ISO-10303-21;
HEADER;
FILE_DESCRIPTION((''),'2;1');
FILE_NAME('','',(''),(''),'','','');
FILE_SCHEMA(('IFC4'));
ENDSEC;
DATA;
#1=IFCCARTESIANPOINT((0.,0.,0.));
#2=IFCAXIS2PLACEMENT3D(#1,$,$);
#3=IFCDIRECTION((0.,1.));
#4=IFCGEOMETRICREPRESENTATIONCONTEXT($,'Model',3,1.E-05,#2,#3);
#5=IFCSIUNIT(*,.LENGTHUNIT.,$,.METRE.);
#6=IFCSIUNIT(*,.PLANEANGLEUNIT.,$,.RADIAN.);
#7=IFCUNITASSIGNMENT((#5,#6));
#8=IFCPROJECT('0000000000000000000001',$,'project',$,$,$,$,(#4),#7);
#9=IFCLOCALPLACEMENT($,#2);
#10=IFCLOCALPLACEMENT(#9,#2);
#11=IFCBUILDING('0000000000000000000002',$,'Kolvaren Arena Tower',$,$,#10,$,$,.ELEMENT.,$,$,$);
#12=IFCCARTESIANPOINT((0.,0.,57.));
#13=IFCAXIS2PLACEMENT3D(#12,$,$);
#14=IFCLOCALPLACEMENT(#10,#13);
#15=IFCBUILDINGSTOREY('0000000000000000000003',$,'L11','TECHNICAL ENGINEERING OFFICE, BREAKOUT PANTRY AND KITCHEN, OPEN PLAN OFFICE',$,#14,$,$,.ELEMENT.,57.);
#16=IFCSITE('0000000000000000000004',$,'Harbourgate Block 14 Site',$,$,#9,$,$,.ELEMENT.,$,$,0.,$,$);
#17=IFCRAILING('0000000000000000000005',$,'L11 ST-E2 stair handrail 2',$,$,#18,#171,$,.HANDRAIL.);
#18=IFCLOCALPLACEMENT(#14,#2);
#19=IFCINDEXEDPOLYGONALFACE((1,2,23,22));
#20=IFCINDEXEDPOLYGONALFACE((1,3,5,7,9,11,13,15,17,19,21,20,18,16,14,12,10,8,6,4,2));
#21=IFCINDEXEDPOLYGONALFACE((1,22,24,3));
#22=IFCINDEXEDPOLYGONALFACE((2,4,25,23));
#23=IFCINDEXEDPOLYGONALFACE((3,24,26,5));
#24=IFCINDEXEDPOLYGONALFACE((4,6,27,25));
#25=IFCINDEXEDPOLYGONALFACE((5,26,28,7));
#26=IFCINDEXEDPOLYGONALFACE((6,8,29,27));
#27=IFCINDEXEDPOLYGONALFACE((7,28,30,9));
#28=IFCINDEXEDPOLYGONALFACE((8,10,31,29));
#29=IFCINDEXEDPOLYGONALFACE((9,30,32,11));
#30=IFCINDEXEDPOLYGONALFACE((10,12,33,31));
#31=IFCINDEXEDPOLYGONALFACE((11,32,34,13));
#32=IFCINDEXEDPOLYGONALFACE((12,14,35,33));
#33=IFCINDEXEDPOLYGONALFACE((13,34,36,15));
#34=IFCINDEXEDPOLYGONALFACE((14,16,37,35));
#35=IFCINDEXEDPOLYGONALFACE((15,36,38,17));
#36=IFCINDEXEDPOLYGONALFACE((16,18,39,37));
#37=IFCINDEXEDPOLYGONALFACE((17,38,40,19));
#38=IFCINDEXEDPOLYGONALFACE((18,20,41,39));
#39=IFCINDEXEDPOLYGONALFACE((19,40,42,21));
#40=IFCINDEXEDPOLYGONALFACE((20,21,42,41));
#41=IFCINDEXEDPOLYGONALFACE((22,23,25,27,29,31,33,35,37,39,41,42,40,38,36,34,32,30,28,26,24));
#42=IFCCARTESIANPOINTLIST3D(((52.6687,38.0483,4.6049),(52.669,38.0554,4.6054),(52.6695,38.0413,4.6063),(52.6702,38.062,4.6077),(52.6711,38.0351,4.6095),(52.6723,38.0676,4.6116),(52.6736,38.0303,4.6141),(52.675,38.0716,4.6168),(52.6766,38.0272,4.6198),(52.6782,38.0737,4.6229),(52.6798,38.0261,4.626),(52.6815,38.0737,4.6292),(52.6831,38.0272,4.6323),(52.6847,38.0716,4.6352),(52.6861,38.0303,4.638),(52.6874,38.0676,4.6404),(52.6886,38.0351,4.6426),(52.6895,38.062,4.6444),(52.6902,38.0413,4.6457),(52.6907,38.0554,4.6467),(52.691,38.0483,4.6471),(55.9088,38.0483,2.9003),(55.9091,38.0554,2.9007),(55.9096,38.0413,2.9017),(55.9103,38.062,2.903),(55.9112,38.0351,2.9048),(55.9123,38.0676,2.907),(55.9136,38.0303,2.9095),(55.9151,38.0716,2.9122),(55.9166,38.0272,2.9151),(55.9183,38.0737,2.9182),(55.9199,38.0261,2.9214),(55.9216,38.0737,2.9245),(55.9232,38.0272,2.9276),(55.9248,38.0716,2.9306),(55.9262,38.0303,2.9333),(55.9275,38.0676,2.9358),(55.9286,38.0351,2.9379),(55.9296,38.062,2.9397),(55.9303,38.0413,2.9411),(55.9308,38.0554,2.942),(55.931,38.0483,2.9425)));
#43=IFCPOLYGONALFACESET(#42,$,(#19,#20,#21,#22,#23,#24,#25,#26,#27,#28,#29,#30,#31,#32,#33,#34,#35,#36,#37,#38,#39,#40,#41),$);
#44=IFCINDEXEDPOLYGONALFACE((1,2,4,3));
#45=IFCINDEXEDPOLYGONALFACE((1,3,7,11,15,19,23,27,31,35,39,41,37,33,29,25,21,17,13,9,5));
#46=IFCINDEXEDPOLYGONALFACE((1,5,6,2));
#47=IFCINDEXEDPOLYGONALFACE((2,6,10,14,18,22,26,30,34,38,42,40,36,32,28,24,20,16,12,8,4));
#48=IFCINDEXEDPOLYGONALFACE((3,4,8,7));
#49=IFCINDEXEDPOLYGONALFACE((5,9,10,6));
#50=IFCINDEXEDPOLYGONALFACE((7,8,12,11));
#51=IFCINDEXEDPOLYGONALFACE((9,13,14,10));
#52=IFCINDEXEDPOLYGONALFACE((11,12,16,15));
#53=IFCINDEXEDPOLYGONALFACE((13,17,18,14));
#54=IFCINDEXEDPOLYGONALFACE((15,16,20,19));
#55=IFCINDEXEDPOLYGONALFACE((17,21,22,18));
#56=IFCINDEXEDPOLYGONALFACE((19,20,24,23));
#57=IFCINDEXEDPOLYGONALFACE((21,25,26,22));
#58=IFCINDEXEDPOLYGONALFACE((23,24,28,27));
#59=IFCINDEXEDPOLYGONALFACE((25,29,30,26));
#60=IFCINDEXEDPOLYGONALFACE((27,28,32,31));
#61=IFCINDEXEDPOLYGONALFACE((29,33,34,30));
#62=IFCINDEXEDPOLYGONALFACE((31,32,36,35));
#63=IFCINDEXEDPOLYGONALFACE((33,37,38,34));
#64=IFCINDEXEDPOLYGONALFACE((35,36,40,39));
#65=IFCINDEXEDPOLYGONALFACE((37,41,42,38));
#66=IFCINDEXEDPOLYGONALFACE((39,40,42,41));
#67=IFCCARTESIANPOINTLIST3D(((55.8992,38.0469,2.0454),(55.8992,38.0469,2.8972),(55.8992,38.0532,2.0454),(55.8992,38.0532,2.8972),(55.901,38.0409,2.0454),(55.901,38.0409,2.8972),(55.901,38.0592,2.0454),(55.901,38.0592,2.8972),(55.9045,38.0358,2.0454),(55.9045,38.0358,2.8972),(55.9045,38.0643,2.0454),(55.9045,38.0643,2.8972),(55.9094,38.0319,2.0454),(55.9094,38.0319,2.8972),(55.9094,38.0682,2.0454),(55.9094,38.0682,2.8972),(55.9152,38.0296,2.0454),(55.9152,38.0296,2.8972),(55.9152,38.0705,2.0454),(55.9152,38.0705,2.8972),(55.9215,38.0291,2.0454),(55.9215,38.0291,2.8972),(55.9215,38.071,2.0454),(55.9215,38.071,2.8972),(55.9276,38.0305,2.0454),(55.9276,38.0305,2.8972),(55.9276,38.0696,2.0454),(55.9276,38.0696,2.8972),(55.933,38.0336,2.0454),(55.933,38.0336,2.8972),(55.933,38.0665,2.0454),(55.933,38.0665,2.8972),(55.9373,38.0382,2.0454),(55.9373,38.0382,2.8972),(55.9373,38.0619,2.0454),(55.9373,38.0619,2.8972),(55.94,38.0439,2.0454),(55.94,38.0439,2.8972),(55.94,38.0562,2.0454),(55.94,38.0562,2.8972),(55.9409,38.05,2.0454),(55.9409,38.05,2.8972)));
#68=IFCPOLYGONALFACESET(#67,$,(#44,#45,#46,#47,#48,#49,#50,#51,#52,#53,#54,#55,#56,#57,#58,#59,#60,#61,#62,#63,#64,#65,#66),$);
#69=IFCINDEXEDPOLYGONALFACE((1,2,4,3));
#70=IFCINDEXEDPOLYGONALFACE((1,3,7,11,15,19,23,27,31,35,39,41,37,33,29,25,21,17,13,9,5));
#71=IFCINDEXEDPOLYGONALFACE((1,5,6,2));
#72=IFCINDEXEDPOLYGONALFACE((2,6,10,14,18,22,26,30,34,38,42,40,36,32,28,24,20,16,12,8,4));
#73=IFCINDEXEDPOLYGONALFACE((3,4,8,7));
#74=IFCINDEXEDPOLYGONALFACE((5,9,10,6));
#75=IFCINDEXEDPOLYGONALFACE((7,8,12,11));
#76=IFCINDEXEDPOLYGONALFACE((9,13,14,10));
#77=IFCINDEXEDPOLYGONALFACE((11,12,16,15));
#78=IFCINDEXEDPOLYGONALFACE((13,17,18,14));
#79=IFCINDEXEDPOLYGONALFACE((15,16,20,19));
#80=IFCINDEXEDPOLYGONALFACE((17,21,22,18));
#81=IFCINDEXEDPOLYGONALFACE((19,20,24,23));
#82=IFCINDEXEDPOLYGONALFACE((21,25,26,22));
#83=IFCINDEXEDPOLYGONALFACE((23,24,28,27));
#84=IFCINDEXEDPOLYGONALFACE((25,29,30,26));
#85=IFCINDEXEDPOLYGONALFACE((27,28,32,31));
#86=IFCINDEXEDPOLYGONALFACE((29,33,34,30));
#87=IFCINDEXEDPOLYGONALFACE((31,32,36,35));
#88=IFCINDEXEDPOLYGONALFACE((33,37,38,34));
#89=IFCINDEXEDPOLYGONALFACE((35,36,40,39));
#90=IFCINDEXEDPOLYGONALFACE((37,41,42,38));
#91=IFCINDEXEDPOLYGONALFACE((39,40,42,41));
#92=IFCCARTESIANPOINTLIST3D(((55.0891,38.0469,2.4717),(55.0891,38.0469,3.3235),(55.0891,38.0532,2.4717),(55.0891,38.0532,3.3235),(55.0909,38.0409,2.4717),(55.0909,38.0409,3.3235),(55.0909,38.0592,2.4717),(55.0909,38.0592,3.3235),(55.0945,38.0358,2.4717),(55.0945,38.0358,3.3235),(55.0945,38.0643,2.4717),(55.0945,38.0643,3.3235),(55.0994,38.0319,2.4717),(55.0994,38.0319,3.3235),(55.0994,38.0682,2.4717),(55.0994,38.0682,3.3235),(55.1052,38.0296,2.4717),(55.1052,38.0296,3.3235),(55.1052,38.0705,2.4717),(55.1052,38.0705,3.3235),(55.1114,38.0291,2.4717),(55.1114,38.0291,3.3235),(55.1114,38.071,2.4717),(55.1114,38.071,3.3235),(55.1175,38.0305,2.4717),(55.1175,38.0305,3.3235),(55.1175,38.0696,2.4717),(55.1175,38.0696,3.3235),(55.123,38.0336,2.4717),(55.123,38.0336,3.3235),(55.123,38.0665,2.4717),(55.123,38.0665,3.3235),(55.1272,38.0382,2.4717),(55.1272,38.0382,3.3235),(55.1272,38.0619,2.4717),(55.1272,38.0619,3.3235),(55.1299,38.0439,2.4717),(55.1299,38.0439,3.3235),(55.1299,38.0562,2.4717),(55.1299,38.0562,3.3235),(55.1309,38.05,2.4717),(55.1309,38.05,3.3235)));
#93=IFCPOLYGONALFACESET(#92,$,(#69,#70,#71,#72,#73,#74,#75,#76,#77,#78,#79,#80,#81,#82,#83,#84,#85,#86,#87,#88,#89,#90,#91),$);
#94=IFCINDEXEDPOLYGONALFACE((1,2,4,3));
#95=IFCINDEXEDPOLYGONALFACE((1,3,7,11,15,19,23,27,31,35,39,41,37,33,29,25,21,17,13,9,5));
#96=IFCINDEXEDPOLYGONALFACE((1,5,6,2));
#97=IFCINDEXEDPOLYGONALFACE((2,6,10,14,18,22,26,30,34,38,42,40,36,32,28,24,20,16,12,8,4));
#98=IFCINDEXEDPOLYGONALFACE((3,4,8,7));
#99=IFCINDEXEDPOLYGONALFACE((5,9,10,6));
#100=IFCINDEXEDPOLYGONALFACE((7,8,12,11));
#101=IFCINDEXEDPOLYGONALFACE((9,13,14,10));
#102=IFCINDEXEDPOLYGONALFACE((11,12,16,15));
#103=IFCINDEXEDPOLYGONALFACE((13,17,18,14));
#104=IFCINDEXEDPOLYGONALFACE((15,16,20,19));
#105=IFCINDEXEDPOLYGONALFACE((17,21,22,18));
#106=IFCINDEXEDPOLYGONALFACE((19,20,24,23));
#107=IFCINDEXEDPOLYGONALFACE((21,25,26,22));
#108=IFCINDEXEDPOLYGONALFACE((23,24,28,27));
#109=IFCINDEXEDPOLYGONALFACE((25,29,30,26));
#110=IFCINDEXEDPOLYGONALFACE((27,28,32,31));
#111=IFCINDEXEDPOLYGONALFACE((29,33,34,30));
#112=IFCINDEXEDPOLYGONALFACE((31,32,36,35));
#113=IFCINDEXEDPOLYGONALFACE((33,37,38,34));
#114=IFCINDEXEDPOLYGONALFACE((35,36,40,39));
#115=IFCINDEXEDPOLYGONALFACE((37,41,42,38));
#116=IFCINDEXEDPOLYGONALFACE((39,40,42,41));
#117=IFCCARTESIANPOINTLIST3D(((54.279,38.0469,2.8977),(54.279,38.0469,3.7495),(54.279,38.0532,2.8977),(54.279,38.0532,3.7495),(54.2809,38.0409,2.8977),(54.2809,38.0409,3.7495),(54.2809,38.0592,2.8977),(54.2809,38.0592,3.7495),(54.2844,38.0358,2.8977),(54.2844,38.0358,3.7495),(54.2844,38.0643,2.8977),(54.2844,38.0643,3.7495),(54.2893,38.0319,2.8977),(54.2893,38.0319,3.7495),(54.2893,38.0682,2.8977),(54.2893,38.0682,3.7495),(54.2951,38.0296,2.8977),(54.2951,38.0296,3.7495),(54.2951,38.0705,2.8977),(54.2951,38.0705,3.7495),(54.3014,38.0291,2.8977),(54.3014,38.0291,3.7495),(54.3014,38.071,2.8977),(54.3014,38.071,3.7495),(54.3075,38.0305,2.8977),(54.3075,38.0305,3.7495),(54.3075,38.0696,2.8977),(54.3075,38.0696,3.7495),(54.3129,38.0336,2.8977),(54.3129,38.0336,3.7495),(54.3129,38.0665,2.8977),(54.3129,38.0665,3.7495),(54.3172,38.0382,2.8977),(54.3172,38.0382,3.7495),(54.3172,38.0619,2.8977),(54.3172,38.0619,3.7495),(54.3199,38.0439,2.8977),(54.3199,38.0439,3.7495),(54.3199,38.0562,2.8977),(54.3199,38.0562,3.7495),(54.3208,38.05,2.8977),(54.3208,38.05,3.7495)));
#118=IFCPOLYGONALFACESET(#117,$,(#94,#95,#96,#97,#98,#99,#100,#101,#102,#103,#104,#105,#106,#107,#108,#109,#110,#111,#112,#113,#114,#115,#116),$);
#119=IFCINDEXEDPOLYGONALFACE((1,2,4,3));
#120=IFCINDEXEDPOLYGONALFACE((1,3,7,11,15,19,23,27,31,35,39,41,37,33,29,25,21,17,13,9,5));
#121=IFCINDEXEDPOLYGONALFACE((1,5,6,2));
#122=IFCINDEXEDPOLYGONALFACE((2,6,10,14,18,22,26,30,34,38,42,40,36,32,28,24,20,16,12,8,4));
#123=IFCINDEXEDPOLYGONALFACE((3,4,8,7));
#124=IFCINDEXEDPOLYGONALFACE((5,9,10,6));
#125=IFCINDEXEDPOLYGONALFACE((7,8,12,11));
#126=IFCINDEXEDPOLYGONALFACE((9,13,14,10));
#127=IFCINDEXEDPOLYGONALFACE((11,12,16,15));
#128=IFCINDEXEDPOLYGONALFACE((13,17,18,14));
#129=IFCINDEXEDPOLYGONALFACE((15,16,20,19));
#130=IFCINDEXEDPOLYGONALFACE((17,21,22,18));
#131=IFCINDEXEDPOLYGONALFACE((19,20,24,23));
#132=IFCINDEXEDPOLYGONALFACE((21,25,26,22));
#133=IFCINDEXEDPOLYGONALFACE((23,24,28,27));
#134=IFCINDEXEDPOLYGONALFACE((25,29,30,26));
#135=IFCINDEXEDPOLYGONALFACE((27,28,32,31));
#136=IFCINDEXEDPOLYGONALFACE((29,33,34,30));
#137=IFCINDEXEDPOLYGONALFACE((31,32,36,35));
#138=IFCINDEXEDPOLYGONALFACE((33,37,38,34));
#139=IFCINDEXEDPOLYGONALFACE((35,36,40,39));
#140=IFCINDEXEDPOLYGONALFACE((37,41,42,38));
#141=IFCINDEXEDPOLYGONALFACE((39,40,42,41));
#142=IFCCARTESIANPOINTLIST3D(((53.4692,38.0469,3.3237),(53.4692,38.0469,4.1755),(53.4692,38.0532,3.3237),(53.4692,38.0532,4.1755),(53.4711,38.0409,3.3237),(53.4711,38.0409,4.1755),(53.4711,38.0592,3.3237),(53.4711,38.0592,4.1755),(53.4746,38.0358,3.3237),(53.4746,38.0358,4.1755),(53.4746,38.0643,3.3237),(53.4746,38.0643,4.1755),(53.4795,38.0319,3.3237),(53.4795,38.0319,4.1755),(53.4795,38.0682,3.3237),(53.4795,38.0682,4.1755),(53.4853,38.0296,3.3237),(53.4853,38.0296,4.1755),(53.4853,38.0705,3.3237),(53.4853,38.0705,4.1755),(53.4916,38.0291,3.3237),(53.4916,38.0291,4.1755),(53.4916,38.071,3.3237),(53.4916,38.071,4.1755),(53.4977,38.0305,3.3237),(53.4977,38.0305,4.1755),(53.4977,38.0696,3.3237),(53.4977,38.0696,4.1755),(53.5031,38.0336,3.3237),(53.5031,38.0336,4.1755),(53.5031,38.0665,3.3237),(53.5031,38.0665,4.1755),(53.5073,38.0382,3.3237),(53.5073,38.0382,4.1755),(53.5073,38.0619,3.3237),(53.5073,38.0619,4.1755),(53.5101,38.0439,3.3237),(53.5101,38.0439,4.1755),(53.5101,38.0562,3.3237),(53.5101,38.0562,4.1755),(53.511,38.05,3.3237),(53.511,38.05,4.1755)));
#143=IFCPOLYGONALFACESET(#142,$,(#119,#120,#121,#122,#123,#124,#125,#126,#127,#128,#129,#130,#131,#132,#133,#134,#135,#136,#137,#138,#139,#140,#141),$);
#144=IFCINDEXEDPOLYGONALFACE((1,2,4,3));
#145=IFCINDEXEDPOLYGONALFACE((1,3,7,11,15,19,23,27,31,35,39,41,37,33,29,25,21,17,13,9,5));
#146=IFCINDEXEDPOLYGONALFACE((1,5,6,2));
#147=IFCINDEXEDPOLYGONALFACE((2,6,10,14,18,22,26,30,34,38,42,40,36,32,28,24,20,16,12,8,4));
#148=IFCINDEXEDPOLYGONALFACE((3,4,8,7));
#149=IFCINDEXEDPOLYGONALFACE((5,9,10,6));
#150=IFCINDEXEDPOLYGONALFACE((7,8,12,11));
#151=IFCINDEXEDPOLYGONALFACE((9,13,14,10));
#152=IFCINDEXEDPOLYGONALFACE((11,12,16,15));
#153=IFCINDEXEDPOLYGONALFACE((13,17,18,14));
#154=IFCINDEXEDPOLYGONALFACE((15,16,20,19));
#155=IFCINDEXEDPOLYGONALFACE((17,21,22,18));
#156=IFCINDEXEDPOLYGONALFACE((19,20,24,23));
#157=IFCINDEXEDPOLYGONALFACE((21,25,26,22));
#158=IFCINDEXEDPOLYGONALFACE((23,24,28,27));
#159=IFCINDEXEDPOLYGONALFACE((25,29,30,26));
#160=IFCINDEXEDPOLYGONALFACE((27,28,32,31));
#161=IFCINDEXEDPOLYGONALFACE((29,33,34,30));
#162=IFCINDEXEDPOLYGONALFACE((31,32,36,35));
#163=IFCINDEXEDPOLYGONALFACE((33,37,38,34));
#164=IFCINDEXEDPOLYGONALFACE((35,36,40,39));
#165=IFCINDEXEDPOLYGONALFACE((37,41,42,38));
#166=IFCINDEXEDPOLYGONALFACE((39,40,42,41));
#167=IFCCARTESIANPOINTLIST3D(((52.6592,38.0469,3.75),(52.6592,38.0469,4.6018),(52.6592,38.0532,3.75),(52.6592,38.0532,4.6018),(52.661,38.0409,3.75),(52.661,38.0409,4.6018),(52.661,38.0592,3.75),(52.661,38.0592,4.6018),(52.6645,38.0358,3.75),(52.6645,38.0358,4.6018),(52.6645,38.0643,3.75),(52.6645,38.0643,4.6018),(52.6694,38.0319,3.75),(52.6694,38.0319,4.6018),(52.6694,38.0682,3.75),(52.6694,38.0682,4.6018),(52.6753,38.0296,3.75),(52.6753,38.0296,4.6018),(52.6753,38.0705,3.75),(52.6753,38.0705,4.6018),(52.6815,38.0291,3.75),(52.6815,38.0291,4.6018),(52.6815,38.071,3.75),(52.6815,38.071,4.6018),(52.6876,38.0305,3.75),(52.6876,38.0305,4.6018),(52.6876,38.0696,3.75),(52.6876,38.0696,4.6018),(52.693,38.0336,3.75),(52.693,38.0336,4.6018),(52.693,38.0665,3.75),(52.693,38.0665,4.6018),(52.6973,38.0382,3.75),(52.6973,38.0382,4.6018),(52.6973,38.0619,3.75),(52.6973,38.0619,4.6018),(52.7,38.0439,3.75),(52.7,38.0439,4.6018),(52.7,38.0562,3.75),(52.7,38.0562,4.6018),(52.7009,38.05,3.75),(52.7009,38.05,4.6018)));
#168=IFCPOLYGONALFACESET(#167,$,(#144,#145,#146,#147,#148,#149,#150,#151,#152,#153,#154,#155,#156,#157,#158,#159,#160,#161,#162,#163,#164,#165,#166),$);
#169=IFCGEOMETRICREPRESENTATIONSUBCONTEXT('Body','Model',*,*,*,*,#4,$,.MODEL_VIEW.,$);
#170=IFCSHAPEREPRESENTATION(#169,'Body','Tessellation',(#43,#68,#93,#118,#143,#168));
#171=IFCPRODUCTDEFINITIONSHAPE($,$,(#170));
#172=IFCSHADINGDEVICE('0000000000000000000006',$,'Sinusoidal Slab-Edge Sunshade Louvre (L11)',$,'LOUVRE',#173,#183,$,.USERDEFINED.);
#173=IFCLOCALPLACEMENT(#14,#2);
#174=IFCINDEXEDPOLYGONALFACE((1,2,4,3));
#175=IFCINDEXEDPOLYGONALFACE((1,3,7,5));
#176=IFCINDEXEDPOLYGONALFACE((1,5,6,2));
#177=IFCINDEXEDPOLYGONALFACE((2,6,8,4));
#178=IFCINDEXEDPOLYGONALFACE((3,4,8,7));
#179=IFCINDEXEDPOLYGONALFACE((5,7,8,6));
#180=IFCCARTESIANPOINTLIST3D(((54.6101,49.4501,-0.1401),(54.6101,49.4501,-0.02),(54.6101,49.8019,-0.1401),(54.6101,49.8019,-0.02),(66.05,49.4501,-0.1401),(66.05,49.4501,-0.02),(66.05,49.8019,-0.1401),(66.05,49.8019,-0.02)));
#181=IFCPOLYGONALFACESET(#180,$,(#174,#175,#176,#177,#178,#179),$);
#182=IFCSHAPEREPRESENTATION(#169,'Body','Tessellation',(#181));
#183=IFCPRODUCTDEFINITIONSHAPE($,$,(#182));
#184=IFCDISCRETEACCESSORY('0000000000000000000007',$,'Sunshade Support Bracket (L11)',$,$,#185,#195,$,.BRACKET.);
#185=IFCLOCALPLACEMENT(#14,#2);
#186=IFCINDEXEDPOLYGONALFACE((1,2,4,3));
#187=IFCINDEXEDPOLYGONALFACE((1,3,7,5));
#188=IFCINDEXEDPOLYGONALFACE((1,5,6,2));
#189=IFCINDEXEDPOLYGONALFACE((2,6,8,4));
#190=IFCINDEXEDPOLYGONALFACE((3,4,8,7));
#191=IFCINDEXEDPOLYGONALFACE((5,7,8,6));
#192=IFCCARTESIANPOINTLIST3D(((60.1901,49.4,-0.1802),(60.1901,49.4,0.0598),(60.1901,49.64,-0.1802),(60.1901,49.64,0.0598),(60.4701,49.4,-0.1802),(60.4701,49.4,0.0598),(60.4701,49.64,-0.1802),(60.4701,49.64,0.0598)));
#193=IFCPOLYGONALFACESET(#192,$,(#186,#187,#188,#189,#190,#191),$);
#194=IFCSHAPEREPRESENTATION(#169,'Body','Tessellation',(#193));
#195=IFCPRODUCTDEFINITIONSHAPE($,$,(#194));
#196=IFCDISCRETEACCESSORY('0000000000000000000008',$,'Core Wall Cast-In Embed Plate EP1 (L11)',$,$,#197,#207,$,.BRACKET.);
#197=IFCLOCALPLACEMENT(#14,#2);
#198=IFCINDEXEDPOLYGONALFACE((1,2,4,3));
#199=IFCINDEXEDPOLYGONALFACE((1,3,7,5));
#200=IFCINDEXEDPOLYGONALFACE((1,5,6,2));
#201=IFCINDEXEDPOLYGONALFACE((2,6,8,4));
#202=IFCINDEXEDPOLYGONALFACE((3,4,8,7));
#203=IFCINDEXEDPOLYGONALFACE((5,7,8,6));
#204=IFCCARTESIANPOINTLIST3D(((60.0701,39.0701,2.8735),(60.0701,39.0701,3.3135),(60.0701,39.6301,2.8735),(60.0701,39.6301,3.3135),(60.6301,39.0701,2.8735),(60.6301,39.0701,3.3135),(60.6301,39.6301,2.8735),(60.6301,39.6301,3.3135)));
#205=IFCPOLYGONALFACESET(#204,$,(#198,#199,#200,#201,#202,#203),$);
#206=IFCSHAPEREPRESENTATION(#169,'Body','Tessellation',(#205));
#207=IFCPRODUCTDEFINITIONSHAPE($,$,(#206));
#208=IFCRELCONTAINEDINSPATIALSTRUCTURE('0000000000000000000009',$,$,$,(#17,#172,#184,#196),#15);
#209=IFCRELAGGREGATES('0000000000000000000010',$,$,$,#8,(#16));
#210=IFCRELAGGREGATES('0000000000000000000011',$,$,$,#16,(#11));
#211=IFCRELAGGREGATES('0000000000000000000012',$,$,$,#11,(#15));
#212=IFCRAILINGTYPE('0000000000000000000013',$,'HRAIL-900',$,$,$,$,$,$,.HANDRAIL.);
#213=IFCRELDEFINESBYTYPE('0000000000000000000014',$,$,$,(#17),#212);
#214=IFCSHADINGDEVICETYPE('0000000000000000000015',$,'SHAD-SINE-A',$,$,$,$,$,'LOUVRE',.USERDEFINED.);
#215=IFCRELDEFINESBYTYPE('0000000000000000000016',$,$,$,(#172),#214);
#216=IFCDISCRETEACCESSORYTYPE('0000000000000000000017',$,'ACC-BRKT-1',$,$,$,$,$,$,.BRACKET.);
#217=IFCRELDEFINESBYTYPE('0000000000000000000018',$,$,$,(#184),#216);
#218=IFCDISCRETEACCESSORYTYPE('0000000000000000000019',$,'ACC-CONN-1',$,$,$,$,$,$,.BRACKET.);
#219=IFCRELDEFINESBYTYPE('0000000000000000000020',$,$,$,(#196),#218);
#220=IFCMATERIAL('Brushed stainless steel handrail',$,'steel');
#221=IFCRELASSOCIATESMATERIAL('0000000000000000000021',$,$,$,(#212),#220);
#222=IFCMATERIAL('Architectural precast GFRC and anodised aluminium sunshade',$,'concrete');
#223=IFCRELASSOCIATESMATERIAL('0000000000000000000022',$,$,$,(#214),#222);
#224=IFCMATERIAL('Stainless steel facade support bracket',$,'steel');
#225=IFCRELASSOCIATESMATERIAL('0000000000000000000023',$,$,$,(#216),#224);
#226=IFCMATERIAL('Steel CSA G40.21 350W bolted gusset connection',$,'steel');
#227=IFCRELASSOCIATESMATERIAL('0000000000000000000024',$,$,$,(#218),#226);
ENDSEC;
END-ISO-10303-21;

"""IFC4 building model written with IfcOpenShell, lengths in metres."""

from ifc_helpers import new_model, si_unit, direction, frame, origin, origin_2d, place, context, subcontext, project, spatial, rectangle, circle, extrude, material, type_object, element, save


model = new_model("IFC4")

# Units and contexts
model_context = context("Model", 3, precision=1e-05, world=origin(), true_north=direction((0.0, 1.0)))
body_context = subcontext(model_context, "Body", "Model", "MODEL_VIEW")
ifc_project = project(units=[si_unit("LENGTHUNIT", "METRE"), si_unit("PLANEANGLEUNIT", "RADIAN")], contexts=[model_context])

# Site, building, storey
site_placement = place(None, origin())
site = spatial("IfcSite", under=ifc_project, at=site_placement, Name="Harbourgate Block 14 Site", CompositionType="ELEMENT", RefElevation=0.0)
building_placement = place(site_placement, origin())
building = spatial("IfcBuilding", under=site, at=building_placement, Name="Kolvaren Arena Tower", CompositionType="ELEMENT")
storey_placement = place(building_placement, frame((0.0, 0.0, 57.0)))
storey = spatial("IfcBuildingStorey", under=building, at=storey_placement, Name="L11", Description="TECHNICAL ENGINEERING OFFICE, BREAKOUT PANTRY AND KITCHEN, OPEN PLAN OFFICE", CompositionType="ELEMENT", Elevation=57.0)

# Railing
ifc_material_1 = material(Name="Brushed stainless steel handrail", Category="steel")
railing_type = type_object("IfcRailingType", Name="HRAIL-900", PredefinedType="HANDRAIL", material=ifc_material_1)
railing_placement = place(storey_placement, frame((55.9199, 38.05, 2.0454)))
element("IfcRailing", 1, at=railing_placement, inside=storey, type_object=railing_type, Name="L11 ST-E2 stair handrail 2", PredefinedType="HANDRAIL", context=body_context, shape_type="SweptSolid", body=[
    extrude(circle(Radius=0.0239, at=origin_2d()), frame((0.0, 0.0, 0.876), z_axis=(-0.884993, 0.0, 0.465604), x_axis=(0.0, -1.0, 0.0)), (0.0, 0.0, 1.0), 3.6611),
    extrude(circle(Radius=0.021, at=origin_2d()), origin(), (0.0, 0.0, 1.0), 0.8518),
    extrude(circle(Radius=0.021, at=origin_2d()), frame((-0.8101, 0.0, 0.4263)), (0.0, 0.0, 1.0), 0.8518),
    extrude(circle(Radius=0.021, at=origin_2d()), frame((-1.6201, 0.0, 0.8523)), (0.0, 0.0, 1.0), 0.8518),
    extrude(circle(Radius=0.021, at=origin_2d()), frame((-2.4299, 0.0, 1.2783)), (0.0, 0.0, 1.0), 0.8518),
    extrude(circle(Radius=0.021, at=origin_2d()), frame((-3.24, 0.0, 1.7046)), (0.0, 0.0, 1.0), 0.8518),
])

# Shading device
ifc_material_2 = material(Name="Architectural precast GFRC and anodised aluminium sunshade", Category="concrete")
shading_device_type = type_object("IfcShadingDeviceType", Name="SHAD-SINE-A", ElementType="LOUVRE", PredefinedType="USERDEFINED", material=ifc_material_2)
shading_device_placement = place(storey_placement, frame((60.3301, 49.626, -0.1401), z_axis=(0.0, 0.0, 1.0), x_axis=(1.0, 0.0, 0.0)))
element("IfcShadingDevice", 2, at=shading_device_placement, inside=storey, type_object=shading_device_type, Name="Sinusoidal Slab-Edge Sunshade Louvre (L11)", ObjectType="LOUVRE", PredefinedType="USERDEFINED", context=body_context, shape_type="SweptSolid", body=[
    extrude(rectangle(XDim=11.4399, YDim=0.3518, at=origin_2d()), origin(), (0.0, 0.0, 1.0), 0.1201),
])

# Discrete accessories
ifc_material_3 = material(Name="Stainless steel facade support bracket", Category="steel")
discrete_accessory_type_1 = type_object("IfcDiscreteAccessoryType", Name="ACC-BRKT-1", PredefinedType="BRACKET", material=ifc_material_3)
discrete_accessory_1_placement = place(storey_placement, frame((60.3301, 49.52, -0.1802), z_axis=(0.0, 0.0, 1.0), x_axis=(1.0, 0.0, 0.0)))
element("IfcDiscreteAccessory", 3, at=discrete_accessory_1_placement, inside=storey, type_object=discrete_accessory_type_1, Name="Sunshade Support Bracket (L11)", PredefinedType="BRACKET", context=body_context, shape_type="SweptSolid", body=[
    extrude(rectangle(XDim=0.28, YDim=0.24, at=origin_2d()), origin(), (0.0, 0.0, 1.0), 0.24),
])
ifc_material_4 = material(Name="Steel CSA G40.21 350W bolted gusset connection", Category="steel")
discrete_accessory_type_2 = type_object("IfcDiscreteAccessoryType", Name="ACC-CONN-1", PredefinedType="BRACKET", material=ifc_material_4)
discrete_accessory_2_placement = place(storey_placement, frame((60.3501, 39.3501, 2.8735), z_axis=(0.0, 0.0, 1.0), x_axis=(1.0, 0.0, 0.0)))
element("IfcDiscreteAccessory", 4, at=discrete_accessory_2_placement, inside=storey, type_object=discrete_accessory_type_2, Name="Core Wall Cast-In Embed Plate EP1 (L11)", PredefinedType="BRACKET", context=body_context, shape_type="SweptSolid", body=[
    extrude(rectangle(XDim=0.5601, YDim=0.5601, at=origin_2d()), origin(), (0.0, 0.0, 1.0), 0.4399),
])

save(model, "model.ifc")
